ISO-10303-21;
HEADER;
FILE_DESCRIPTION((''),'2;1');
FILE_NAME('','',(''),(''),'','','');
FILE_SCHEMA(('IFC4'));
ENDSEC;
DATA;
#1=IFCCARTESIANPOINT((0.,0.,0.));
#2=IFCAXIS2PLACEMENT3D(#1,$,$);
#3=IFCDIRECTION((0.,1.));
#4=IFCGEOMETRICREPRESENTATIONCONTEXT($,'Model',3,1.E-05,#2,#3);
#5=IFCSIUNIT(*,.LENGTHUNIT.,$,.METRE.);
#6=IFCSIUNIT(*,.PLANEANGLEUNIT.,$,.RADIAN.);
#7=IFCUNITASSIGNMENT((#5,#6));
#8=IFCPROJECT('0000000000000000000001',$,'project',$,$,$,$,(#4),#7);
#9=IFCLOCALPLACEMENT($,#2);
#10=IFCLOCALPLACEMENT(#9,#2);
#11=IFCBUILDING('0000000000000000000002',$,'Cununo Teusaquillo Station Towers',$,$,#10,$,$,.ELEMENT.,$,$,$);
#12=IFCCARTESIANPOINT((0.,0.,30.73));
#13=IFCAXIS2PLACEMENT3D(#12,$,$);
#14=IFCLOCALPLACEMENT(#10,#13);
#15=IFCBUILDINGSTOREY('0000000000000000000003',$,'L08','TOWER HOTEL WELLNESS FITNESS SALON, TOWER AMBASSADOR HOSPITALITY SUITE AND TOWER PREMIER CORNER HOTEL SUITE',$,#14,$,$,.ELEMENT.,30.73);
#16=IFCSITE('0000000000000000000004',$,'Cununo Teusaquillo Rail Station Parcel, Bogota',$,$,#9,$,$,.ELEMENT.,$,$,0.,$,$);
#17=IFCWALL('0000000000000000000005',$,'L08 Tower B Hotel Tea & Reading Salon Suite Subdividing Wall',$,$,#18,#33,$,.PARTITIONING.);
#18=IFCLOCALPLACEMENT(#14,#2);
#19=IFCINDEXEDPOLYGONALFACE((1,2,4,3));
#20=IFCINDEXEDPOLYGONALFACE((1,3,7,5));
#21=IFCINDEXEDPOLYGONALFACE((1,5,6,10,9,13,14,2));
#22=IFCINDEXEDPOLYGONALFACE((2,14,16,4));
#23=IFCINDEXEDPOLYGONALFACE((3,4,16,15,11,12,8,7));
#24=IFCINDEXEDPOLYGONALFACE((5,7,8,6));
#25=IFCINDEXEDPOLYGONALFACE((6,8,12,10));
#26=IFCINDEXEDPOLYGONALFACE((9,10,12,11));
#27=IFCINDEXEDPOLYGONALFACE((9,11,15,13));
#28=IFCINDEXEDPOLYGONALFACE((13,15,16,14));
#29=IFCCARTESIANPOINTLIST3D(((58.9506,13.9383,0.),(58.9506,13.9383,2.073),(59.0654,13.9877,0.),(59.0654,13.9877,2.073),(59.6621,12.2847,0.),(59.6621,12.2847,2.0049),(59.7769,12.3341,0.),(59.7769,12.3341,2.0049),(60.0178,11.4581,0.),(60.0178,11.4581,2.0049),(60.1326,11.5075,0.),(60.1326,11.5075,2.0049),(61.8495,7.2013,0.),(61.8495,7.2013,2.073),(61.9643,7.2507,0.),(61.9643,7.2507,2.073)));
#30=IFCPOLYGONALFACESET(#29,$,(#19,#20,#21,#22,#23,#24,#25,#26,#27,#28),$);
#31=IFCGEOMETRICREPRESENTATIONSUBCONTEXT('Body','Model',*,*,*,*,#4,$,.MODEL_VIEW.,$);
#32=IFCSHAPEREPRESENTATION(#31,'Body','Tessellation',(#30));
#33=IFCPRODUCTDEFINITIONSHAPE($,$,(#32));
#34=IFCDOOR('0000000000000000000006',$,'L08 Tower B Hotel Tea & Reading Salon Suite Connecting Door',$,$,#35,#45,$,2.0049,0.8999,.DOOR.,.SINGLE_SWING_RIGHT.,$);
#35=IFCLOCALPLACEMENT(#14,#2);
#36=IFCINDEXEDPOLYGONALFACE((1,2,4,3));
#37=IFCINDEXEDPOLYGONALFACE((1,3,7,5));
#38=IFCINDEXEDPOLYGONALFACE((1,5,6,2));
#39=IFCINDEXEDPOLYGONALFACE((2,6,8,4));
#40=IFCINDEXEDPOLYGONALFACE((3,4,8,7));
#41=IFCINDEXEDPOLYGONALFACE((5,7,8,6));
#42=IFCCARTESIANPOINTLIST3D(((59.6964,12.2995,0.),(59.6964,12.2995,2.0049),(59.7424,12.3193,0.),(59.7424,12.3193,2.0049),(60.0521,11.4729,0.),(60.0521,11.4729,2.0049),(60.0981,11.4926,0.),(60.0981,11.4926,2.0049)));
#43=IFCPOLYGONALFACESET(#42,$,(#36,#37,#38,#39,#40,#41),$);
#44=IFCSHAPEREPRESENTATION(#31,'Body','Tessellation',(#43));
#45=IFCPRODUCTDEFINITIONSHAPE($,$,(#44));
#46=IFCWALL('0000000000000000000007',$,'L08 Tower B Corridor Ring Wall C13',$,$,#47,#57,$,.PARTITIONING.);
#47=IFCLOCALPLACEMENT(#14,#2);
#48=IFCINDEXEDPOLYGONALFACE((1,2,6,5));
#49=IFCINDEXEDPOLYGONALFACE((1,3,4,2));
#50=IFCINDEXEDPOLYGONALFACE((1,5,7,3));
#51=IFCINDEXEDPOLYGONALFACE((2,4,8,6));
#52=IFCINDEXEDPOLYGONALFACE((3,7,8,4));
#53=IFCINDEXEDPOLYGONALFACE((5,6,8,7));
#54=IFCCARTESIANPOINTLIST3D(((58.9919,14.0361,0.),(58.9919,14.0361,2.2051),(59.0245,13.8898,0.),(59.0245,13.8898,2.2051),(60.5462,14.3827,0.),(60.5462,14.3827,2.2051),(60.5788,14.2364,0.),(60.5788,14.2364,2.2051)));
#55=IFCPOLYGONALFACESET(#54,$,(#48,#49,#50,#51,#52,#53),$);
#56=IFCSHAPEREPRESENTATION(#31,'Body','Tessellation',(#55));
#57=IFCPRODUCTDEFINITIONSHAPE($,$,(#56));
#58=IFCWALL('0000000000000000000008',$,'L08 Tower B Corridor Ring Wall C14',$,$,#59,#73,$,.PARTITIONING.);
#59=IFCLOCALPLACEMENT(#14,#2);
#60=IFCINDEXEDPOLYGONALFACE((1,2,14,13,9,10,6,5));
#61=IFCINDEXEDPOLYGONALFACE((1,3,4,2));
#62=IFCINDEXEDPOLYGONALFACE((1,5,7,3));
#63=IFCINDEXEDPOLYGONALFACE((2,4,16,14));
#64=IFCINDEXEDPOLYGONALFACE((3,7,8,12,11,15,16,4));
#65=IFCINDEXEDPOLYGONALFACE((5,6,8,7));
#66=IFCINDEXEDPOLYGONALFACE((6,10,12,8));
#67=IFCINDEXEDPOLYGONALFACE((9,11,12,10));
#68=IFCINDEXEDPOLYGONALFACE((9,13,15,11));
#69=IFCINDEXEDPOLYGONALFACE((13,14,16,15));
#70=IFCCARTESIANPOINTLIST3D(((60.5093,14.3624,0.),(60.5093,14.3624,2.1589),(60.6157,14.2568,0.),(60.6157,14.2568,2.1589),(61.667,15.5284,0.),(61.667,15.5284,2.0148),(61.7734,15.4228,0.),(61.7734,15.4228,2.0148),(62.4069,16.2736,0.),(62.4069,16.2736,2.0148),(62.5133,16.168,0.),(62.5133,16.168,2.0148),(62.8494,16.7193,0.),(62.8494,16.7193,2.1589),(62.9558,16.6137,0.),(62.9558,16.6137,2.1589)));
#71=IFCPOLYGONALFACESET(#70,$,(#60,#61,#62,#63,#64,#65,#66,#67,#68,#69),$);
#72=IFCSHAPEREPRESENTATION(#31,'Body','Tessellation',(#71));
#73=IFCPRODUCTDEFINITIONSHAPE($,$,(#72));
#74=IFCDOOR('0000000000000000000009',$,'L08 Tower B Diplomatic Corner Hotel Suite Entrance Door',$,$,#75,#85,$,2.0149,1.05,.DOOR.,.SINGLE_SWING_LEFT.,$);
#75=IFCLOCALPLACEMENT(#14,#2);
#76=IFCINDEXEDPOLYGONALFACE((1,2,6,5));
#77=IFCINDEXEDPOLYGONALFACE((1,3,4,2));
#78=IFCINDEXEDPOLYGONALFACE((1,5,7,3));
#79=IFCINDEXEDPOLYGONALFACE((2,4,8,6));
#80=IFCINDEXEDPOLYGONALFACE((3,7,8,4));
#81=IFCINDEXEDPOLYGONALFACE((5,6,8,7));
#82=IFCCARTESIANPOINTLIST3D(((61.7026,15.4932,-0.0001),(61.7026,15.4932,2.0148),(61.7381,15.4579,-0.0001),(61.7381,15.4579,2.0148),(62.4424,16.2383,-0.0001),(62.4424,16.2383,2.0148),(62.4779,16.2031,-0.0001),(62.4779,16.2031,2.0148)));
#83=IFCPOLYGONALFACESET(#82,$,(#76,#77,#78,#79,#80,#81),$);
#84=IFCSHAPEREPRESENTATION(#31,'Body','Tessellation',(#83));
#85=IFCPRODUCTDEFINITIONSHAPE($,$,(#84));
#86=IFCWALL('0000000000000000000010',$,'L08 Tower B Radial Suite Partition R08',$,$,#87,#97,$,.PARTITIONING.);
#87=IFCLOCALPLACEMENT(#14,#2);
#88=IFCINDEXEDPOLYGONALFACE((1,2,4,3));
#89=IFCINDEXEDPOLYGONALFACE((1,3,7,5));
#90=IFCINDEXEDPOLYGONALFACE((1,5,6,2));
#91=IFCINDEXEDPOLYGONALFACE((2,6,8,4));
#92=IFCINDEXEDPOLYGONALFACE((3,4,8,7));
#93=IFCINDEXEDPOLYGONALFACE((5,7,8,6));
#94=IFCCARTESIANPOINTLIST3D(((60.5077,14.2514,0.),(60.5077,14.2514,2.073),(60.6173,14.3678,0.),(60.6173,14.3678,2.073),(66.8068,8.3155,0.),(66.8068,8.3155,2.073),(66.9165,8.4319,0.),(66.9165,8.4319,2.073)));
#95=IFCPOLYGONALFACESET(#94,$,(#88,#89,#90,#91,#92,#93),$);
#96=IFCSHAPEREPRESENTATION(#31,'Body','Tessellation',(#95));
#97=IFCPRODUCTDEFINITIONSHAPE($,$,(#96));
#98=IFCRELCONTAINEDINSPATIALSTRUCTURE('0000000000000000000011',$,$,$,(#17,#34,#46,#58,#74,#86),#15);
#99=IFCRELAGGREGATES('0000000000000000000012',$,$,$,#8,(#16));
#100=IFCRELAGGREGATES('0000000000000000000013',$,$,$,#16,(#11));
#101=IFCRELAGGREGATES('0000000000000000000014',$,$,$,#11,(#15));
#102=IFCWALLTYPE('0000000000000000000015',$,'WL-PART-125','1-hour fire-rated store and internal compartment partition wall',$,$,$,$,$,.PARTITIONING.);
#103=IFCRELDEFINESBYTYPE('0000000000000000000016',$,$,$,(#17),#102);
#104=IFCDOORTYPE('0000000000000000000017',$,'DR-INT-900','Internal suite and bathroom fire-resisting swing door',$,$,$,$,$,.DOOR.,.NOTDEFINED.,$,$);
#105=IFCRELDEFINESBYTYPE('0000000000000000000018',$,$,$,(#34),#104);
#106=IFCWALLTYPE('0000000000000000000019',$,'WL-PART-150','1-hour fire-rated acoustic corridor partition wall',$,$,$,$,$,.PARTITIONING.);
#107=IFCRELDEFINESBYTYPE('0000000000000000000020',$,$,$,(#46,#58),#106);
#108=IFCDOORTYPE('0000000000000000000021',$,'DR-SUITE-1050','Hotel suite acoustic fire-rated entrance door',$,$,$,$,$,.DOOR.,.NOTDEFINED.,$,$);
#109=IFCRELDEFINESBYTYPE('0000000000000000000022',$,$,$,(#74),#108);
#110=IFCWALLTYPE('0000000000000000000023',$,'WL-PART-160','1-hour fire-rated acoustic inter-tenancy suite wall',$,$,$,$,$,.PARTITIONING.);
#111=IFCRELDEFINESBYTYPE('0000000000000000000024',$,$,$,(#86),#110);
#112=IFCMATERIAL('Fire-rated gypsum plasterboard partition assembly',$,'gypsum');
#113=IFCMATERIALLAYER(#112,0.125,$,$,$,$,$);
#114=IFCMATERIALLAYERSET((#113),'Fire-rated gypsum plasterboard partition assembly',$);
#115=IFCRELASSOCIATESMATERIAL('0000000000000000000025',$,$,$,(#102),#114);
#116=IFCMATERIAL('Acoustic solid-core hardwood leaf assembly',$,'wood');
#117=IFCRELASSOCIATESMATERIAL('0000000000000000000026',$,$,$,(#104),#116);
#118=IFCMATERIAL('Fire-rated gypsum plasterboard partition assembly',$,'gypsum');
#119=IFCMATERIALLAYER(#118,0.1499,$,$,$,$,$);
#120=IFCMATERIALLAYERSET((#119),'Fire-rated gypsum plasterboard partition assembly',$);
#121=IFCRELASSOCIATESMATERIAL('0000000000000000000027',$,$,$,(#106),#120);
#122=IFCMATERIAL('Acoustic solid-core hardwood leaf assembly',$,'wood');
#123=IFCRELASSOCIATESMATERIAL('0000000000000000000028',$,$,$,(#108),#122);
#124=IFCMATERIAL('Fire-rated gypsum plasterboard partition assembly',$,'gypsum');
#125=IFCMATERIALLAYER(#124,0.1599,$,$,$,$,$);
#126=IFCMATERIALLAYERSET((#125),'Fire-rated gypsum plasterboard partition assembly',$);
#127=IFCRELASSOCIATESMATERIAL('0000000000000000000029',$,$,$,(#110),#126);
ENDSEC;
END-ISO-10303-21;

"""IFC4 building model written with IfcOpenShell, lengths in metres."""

from ifc_helpers import new_model, si_unit, direction, frame, frame_2d, origin, place, context, subcontext, project, spatial, rectangle, extrude, source, transform, mapped, material, layer, layer_set, type_object, element, fill, save


model = new_model("IFC4")

# Units and contexts
model_context = context("Model", 3, precision=1e-05, world=origin(), true_north=direction((0.0, 1.0)))
body_context = subcontext(model_context, "Body", "Model", "MODEL_VIEW")
ifc_project = project(units=[si_unit("LENGTHUNIT", "METRE"), si_unit("PLANEANGLEUNIT", "RADIAN")], contexts=[model_context])

# Site, building, storey
site_placement = place(None, origin())
site = spatial("IfcSite", under=ifc_project, at=site_placement, Name="Cununo Teusaquillo Rail Station Parcel, Bogota", CompositionType="ELEMENT", RefElevation=0.0)
building_placement = place(site_placement, origin())
building = spatial("IfcBuilding", under=site, at=building_placement, Name="Cununo Teusaquillo Station Towers", CompositionType="ELEMENT")
storey_placement = place(building_placement, frame((0.0, 0.0, 30.73)))
storey = spatial("IfcBuildingStorey", under=building, at=storey_placement, Name="L08", Description="TOWER HOTEL WELLNESS FITNESS SALON, TOWER AMBASSADOR HOSPITALITY SUITE AND TOWER PREMIER CORNER HOTEL SUITE", CompositionType="ELEMENT", Elevation=30.73)

# Wall, opening, door
ifc_material_1 = material(Name="Fire-rated gypsum plasterboard partition assembly", Category="gypsum")
ifc_layer_1 = layer(ifc_material_1, 0.125)
ifc_layer_set_1 = layer_set([ifc_layer_1], Name="Fire-rated gypsum plasterboard partition assembly")
wall_type_1 = type_object("IfcWallType", Name="WL-PART-125", Description="1-hour fire-rated store and internal compartment partition wall", PredefinedType="PARTITIONING", material=ifc_layer_set_1)
wall_1_placement = place(storey_placement, frame((59.0081, 13.9629, 0.0), z_axis=(0.0, 0.0, 1.0), x_axis=(0.395257, -0.918571, 0.0)))
wall_1 = element("IfcWall", 1, at=wall_1_placement, inside=storey, type_object=wall_type_1, Name="L08 Tower B Hotel Tea & Reading Salon Suite Subdividing Wall", PredefinedType="PARTITIONING", context=body_context, shape_type="SweptSolid", body=[
    extrude(rectangle(XDim=7.3342, YDim=0.125, at=frame_2d((3.667, 0.0))), origin(), (0.0, 0.0, 1.0), 2.073),
])
shared_shape_1 = source(origin(), body_context, "Body", "SweptSolid", [
    extrude(rectangle(XDim=0.8999, YDim=2.0049, at=frame_2d((0.45, 1.0024))), frame((0.0, 0.0725, 0.0), z_axis=(0.0, -1.0, 0.0), x_axis=(1.0, 0.0, 0.0)), (0.0, 0.0, 1.0), 0.145),
])
opening_1_placement = place(wall_1_placement, frame((1.8, 0.0, 0.0)))
opening_1 = element("IfcOpeningElement", 2, at=opening_1_placement, cuts=wall_1, PredefinedType="OPENING", context=body_context, shape_type="MappedRepresentation", body=[
    mapped(shared_shape_1, transform((0.0, 0.0, 0.0), x_axis=(1.0, 0.0, 0.0), y_axis=(0.0, 1.0, 0.0), z_axis=(0.0, 0.0, 1.0), scale=1.0)),
])
ifc_material_2 = material(Name="Acoustic solid-core hardwood leaf assembly", Category="wood")
door_type_1 = type_object("IfcDoorType", Name="DR-INT-900", Description="Internal suite and bathroom fire-resisting swing door", OperationType="NOTDEFINED", PredefinedType="DOOR", material=ifc_material_2)
shared_shape_2 = source(origin(), body_context, "Body", "SweptSolid", [
    extrude(rectangle(XDim=0.8999, YDim=2.0049, at=frame_2d((0.45, 1.0024))), frame((0.0, 0.0249, 0.0), z_axis=(0.0, -1.0, 0.0), x_axis=(1.0, 0.0, 0.0)), (0.0, 0.0, 1.0), 0.05),
])
door_1_placement = place(opening_1_placement, origin())
door_1 = element("IfcDoor", 3, at=door_1_placement, inside=storey, type_object=door_type_1, Name="L08 Tower B Hotel Tea & Reading Salon Suite Connecting Door", OperationType="SINGLE_SWING_RIGHT", OverallHeight=2.0049, OverallWidth=0.8999, PredefinedType="DOOR", context=body_context, shape_type="MappedRepresentation", body=[
    mapped(shared_shape_2, transform((0.0, 0.0, 0.0), x_axis=(1.0, 0.0, 0.0), y_axis=(0.0, 1.0, 0.0), z_axis=(0.0, 0.0, 1.0), scale=1.0)),
])
fill(opening_1, door_1)

# Wall
ifc_material_3 = material(Name="Fire-rated gypsum plasterboard partition assembly", Category="gypsum")
ifc_layer_2 = layer(ifc_material_3, 0.1499)
ifc_layer_set_2 = layer_set([ifc_layer_2], Name="Fire-rated gypsum plasterboard partition assembly")
wall_type_2 = type_object("IfcWallType", Name="WL-PART-150", Description="1-hour fire-rated acoustic corridor partition wall", PredefinedType="PARTITIONING", material=ifc_layer_set_2)
wall_2_placement = place(storey_placement, frame((59.0081, 13.9629, 0.0), z_axis=(0.0, 0.0, 1.0), x_axis=(0.976021, 0.217677, 0.0)))
element("IfcWall", 4, at=wall_2_placement, inside=storey, type_object=wall_type_2, Name="L08 Tower B Corridor Ring Wall C13", PredefinedType="PARTITIONING", context=body_context, shape_type="SweptSolid", body=[
    extrude(rectangle(XDim=1.5925, YDim=0.1499, at=frame_2d((0.7964, 0.0))), origin(), (0.0, 0.0, 1.0), 2.2051),
])

# Wall, opening, door
wall_3_placement = place(storey_placement, frame((60.5625, 14.3096, 0.0), z_axis=(0.0, 0.0, 1.0), x_axis=(0.704566, 0.709638, 0.0)))
wall_3 = element("IfcWall", 5, at=wall_3_placement, inside=storey, type_object=wall_type_2, Name="L08 Tower B Corridor Ring Wall C14", PredefinedType="PARTITIONING", context=body_context, shape_type="SweptSolid", body=[
    extrude(rectangle(XDim=3.3213, YDim=0.1499, at=frame_2d((1.6606, 0.0))), origin(), (0.0, 0.0, 1.0), 2.1589),
])
shared_shape_3 = source(origin(), body_context, "Body", "SweptSolid", [
    extrude(rectangle(XDim=1.05, YDim=2.0149, at=frame_2d((0.5249, 1.0073))), frame((0.0, 0.085, 0.0), z_axis=(0.0, -1.0, 0.0), x_axis=(1.0, 0.0, 0.0)), (0.0, 0.0, 1.0), 0.1699),
])
opening_2_placement = place(wall_3_placement, frame((1.6433, 0.0, 0.0)))
opening_2 = element("IfcOpeningElement", 6, at=opening_2_placement, cuts=wall_3, PredefinedType="OPENING", context=body_context, shape_type="MappedRepresentation", body=[
    mapped(shared_shape_3, transform((0.0, 0.0, 0.0), x_axis=(1.0, 0.0, 0.0), y_axis=(0.0, 1.0, 0.0), z_axis=(0.0, 0.0, 1.0), scale=1.0)),
])
ifc_material_4 = material(Name="Acoustic solid-core hardwood leaf assembly", Category="wood")
door_type_2 = type_object("IfcDoorType", Name="DR-SUITE-1050", Description="Hotel suite acoustic fire-rated entrance door", OperationType="NOTDEFINED", PredefinedType="DOOR", material=ifc_material_4)
shared_shape_4 = source(origin(), body_context, "Body", "SweptSolid", [
    extrude(rectangle(XDim=1.05, YDim=2.0149, at=frame_2d((0.5249, 1.0073))), frame((0.0, 0.0249, 0.0), z_axis=(0.0, -1.0, 0.0), x_axis=(1.0, 0.0, 0.0)), (0.0, 0.0, 1.0), 0.05),
])
door_2_placement = place(opening_2_placement, origin())
door_2 = element("IfcDoor", 7, at=door_2_placement, inside=storey, type_object=door_type_2, Name="L08 Tower B Diplomatic Corner Hotel Suite Entrance Door", OperationType="SINGLE_SWING_LEFT", OverallHeight=2.0149, OverallWidth=1.05, PredefinedType="DOOR", context=body_context, shape_type="MappedRepresentation", body=[
    mapped(shared_shape_4, transform((0.0, 0.0, 0.0), x_axis=(1.0, 0.0, 0.0), y_axis=(0.0, 1.0, 0.0), z_axis=(0.0, 0.0, 1.0), scale=1.0)),
])
fill(opening_2, door_2)

# Wall
ifc_material_5 = material(Name="Fire-rated gypsum plasterboard partition assembly", Category="gypsum")
ifc_layer_3 = layer(ifc_material_5, 0.1599)
ifc_layer_set_3 = layer_set([ifc_layer_3], Name="Fire-rated gypsum plasterboard partition assembly")
wall_type_3 = type_object("IfcWallType", Name="WL-PART-160", Description="1-hour fire-rated acoustic inter-tenancy suite wall", PredefinedType="PARTITIONING", material=ifc_layer_set_3)
wall_4_placement = place(storey_placement, frame((60.5625, 14.3096, 0.0), z_axis=(0.0, 0.0, 1.0), x_axis=(0.727782, -0.685809, 0.0)))
element("IfcWall", 8, at=wall_4_placement, inside=storey, type_object=wall_type_3, Name="L08 Tower B Radial Suite Partition R08", PredefinedType="PARTITIONING", context=body_context, shape_type="SweptSolid", body=[
    extrude(rectangle(XDim=8.6553, YDim=0.1599, at=frame_2d((4.3276, 0.0))), origin(), (0.0, 0.0, 1.0), 2.073),
])

save(model, "model.ifc")
